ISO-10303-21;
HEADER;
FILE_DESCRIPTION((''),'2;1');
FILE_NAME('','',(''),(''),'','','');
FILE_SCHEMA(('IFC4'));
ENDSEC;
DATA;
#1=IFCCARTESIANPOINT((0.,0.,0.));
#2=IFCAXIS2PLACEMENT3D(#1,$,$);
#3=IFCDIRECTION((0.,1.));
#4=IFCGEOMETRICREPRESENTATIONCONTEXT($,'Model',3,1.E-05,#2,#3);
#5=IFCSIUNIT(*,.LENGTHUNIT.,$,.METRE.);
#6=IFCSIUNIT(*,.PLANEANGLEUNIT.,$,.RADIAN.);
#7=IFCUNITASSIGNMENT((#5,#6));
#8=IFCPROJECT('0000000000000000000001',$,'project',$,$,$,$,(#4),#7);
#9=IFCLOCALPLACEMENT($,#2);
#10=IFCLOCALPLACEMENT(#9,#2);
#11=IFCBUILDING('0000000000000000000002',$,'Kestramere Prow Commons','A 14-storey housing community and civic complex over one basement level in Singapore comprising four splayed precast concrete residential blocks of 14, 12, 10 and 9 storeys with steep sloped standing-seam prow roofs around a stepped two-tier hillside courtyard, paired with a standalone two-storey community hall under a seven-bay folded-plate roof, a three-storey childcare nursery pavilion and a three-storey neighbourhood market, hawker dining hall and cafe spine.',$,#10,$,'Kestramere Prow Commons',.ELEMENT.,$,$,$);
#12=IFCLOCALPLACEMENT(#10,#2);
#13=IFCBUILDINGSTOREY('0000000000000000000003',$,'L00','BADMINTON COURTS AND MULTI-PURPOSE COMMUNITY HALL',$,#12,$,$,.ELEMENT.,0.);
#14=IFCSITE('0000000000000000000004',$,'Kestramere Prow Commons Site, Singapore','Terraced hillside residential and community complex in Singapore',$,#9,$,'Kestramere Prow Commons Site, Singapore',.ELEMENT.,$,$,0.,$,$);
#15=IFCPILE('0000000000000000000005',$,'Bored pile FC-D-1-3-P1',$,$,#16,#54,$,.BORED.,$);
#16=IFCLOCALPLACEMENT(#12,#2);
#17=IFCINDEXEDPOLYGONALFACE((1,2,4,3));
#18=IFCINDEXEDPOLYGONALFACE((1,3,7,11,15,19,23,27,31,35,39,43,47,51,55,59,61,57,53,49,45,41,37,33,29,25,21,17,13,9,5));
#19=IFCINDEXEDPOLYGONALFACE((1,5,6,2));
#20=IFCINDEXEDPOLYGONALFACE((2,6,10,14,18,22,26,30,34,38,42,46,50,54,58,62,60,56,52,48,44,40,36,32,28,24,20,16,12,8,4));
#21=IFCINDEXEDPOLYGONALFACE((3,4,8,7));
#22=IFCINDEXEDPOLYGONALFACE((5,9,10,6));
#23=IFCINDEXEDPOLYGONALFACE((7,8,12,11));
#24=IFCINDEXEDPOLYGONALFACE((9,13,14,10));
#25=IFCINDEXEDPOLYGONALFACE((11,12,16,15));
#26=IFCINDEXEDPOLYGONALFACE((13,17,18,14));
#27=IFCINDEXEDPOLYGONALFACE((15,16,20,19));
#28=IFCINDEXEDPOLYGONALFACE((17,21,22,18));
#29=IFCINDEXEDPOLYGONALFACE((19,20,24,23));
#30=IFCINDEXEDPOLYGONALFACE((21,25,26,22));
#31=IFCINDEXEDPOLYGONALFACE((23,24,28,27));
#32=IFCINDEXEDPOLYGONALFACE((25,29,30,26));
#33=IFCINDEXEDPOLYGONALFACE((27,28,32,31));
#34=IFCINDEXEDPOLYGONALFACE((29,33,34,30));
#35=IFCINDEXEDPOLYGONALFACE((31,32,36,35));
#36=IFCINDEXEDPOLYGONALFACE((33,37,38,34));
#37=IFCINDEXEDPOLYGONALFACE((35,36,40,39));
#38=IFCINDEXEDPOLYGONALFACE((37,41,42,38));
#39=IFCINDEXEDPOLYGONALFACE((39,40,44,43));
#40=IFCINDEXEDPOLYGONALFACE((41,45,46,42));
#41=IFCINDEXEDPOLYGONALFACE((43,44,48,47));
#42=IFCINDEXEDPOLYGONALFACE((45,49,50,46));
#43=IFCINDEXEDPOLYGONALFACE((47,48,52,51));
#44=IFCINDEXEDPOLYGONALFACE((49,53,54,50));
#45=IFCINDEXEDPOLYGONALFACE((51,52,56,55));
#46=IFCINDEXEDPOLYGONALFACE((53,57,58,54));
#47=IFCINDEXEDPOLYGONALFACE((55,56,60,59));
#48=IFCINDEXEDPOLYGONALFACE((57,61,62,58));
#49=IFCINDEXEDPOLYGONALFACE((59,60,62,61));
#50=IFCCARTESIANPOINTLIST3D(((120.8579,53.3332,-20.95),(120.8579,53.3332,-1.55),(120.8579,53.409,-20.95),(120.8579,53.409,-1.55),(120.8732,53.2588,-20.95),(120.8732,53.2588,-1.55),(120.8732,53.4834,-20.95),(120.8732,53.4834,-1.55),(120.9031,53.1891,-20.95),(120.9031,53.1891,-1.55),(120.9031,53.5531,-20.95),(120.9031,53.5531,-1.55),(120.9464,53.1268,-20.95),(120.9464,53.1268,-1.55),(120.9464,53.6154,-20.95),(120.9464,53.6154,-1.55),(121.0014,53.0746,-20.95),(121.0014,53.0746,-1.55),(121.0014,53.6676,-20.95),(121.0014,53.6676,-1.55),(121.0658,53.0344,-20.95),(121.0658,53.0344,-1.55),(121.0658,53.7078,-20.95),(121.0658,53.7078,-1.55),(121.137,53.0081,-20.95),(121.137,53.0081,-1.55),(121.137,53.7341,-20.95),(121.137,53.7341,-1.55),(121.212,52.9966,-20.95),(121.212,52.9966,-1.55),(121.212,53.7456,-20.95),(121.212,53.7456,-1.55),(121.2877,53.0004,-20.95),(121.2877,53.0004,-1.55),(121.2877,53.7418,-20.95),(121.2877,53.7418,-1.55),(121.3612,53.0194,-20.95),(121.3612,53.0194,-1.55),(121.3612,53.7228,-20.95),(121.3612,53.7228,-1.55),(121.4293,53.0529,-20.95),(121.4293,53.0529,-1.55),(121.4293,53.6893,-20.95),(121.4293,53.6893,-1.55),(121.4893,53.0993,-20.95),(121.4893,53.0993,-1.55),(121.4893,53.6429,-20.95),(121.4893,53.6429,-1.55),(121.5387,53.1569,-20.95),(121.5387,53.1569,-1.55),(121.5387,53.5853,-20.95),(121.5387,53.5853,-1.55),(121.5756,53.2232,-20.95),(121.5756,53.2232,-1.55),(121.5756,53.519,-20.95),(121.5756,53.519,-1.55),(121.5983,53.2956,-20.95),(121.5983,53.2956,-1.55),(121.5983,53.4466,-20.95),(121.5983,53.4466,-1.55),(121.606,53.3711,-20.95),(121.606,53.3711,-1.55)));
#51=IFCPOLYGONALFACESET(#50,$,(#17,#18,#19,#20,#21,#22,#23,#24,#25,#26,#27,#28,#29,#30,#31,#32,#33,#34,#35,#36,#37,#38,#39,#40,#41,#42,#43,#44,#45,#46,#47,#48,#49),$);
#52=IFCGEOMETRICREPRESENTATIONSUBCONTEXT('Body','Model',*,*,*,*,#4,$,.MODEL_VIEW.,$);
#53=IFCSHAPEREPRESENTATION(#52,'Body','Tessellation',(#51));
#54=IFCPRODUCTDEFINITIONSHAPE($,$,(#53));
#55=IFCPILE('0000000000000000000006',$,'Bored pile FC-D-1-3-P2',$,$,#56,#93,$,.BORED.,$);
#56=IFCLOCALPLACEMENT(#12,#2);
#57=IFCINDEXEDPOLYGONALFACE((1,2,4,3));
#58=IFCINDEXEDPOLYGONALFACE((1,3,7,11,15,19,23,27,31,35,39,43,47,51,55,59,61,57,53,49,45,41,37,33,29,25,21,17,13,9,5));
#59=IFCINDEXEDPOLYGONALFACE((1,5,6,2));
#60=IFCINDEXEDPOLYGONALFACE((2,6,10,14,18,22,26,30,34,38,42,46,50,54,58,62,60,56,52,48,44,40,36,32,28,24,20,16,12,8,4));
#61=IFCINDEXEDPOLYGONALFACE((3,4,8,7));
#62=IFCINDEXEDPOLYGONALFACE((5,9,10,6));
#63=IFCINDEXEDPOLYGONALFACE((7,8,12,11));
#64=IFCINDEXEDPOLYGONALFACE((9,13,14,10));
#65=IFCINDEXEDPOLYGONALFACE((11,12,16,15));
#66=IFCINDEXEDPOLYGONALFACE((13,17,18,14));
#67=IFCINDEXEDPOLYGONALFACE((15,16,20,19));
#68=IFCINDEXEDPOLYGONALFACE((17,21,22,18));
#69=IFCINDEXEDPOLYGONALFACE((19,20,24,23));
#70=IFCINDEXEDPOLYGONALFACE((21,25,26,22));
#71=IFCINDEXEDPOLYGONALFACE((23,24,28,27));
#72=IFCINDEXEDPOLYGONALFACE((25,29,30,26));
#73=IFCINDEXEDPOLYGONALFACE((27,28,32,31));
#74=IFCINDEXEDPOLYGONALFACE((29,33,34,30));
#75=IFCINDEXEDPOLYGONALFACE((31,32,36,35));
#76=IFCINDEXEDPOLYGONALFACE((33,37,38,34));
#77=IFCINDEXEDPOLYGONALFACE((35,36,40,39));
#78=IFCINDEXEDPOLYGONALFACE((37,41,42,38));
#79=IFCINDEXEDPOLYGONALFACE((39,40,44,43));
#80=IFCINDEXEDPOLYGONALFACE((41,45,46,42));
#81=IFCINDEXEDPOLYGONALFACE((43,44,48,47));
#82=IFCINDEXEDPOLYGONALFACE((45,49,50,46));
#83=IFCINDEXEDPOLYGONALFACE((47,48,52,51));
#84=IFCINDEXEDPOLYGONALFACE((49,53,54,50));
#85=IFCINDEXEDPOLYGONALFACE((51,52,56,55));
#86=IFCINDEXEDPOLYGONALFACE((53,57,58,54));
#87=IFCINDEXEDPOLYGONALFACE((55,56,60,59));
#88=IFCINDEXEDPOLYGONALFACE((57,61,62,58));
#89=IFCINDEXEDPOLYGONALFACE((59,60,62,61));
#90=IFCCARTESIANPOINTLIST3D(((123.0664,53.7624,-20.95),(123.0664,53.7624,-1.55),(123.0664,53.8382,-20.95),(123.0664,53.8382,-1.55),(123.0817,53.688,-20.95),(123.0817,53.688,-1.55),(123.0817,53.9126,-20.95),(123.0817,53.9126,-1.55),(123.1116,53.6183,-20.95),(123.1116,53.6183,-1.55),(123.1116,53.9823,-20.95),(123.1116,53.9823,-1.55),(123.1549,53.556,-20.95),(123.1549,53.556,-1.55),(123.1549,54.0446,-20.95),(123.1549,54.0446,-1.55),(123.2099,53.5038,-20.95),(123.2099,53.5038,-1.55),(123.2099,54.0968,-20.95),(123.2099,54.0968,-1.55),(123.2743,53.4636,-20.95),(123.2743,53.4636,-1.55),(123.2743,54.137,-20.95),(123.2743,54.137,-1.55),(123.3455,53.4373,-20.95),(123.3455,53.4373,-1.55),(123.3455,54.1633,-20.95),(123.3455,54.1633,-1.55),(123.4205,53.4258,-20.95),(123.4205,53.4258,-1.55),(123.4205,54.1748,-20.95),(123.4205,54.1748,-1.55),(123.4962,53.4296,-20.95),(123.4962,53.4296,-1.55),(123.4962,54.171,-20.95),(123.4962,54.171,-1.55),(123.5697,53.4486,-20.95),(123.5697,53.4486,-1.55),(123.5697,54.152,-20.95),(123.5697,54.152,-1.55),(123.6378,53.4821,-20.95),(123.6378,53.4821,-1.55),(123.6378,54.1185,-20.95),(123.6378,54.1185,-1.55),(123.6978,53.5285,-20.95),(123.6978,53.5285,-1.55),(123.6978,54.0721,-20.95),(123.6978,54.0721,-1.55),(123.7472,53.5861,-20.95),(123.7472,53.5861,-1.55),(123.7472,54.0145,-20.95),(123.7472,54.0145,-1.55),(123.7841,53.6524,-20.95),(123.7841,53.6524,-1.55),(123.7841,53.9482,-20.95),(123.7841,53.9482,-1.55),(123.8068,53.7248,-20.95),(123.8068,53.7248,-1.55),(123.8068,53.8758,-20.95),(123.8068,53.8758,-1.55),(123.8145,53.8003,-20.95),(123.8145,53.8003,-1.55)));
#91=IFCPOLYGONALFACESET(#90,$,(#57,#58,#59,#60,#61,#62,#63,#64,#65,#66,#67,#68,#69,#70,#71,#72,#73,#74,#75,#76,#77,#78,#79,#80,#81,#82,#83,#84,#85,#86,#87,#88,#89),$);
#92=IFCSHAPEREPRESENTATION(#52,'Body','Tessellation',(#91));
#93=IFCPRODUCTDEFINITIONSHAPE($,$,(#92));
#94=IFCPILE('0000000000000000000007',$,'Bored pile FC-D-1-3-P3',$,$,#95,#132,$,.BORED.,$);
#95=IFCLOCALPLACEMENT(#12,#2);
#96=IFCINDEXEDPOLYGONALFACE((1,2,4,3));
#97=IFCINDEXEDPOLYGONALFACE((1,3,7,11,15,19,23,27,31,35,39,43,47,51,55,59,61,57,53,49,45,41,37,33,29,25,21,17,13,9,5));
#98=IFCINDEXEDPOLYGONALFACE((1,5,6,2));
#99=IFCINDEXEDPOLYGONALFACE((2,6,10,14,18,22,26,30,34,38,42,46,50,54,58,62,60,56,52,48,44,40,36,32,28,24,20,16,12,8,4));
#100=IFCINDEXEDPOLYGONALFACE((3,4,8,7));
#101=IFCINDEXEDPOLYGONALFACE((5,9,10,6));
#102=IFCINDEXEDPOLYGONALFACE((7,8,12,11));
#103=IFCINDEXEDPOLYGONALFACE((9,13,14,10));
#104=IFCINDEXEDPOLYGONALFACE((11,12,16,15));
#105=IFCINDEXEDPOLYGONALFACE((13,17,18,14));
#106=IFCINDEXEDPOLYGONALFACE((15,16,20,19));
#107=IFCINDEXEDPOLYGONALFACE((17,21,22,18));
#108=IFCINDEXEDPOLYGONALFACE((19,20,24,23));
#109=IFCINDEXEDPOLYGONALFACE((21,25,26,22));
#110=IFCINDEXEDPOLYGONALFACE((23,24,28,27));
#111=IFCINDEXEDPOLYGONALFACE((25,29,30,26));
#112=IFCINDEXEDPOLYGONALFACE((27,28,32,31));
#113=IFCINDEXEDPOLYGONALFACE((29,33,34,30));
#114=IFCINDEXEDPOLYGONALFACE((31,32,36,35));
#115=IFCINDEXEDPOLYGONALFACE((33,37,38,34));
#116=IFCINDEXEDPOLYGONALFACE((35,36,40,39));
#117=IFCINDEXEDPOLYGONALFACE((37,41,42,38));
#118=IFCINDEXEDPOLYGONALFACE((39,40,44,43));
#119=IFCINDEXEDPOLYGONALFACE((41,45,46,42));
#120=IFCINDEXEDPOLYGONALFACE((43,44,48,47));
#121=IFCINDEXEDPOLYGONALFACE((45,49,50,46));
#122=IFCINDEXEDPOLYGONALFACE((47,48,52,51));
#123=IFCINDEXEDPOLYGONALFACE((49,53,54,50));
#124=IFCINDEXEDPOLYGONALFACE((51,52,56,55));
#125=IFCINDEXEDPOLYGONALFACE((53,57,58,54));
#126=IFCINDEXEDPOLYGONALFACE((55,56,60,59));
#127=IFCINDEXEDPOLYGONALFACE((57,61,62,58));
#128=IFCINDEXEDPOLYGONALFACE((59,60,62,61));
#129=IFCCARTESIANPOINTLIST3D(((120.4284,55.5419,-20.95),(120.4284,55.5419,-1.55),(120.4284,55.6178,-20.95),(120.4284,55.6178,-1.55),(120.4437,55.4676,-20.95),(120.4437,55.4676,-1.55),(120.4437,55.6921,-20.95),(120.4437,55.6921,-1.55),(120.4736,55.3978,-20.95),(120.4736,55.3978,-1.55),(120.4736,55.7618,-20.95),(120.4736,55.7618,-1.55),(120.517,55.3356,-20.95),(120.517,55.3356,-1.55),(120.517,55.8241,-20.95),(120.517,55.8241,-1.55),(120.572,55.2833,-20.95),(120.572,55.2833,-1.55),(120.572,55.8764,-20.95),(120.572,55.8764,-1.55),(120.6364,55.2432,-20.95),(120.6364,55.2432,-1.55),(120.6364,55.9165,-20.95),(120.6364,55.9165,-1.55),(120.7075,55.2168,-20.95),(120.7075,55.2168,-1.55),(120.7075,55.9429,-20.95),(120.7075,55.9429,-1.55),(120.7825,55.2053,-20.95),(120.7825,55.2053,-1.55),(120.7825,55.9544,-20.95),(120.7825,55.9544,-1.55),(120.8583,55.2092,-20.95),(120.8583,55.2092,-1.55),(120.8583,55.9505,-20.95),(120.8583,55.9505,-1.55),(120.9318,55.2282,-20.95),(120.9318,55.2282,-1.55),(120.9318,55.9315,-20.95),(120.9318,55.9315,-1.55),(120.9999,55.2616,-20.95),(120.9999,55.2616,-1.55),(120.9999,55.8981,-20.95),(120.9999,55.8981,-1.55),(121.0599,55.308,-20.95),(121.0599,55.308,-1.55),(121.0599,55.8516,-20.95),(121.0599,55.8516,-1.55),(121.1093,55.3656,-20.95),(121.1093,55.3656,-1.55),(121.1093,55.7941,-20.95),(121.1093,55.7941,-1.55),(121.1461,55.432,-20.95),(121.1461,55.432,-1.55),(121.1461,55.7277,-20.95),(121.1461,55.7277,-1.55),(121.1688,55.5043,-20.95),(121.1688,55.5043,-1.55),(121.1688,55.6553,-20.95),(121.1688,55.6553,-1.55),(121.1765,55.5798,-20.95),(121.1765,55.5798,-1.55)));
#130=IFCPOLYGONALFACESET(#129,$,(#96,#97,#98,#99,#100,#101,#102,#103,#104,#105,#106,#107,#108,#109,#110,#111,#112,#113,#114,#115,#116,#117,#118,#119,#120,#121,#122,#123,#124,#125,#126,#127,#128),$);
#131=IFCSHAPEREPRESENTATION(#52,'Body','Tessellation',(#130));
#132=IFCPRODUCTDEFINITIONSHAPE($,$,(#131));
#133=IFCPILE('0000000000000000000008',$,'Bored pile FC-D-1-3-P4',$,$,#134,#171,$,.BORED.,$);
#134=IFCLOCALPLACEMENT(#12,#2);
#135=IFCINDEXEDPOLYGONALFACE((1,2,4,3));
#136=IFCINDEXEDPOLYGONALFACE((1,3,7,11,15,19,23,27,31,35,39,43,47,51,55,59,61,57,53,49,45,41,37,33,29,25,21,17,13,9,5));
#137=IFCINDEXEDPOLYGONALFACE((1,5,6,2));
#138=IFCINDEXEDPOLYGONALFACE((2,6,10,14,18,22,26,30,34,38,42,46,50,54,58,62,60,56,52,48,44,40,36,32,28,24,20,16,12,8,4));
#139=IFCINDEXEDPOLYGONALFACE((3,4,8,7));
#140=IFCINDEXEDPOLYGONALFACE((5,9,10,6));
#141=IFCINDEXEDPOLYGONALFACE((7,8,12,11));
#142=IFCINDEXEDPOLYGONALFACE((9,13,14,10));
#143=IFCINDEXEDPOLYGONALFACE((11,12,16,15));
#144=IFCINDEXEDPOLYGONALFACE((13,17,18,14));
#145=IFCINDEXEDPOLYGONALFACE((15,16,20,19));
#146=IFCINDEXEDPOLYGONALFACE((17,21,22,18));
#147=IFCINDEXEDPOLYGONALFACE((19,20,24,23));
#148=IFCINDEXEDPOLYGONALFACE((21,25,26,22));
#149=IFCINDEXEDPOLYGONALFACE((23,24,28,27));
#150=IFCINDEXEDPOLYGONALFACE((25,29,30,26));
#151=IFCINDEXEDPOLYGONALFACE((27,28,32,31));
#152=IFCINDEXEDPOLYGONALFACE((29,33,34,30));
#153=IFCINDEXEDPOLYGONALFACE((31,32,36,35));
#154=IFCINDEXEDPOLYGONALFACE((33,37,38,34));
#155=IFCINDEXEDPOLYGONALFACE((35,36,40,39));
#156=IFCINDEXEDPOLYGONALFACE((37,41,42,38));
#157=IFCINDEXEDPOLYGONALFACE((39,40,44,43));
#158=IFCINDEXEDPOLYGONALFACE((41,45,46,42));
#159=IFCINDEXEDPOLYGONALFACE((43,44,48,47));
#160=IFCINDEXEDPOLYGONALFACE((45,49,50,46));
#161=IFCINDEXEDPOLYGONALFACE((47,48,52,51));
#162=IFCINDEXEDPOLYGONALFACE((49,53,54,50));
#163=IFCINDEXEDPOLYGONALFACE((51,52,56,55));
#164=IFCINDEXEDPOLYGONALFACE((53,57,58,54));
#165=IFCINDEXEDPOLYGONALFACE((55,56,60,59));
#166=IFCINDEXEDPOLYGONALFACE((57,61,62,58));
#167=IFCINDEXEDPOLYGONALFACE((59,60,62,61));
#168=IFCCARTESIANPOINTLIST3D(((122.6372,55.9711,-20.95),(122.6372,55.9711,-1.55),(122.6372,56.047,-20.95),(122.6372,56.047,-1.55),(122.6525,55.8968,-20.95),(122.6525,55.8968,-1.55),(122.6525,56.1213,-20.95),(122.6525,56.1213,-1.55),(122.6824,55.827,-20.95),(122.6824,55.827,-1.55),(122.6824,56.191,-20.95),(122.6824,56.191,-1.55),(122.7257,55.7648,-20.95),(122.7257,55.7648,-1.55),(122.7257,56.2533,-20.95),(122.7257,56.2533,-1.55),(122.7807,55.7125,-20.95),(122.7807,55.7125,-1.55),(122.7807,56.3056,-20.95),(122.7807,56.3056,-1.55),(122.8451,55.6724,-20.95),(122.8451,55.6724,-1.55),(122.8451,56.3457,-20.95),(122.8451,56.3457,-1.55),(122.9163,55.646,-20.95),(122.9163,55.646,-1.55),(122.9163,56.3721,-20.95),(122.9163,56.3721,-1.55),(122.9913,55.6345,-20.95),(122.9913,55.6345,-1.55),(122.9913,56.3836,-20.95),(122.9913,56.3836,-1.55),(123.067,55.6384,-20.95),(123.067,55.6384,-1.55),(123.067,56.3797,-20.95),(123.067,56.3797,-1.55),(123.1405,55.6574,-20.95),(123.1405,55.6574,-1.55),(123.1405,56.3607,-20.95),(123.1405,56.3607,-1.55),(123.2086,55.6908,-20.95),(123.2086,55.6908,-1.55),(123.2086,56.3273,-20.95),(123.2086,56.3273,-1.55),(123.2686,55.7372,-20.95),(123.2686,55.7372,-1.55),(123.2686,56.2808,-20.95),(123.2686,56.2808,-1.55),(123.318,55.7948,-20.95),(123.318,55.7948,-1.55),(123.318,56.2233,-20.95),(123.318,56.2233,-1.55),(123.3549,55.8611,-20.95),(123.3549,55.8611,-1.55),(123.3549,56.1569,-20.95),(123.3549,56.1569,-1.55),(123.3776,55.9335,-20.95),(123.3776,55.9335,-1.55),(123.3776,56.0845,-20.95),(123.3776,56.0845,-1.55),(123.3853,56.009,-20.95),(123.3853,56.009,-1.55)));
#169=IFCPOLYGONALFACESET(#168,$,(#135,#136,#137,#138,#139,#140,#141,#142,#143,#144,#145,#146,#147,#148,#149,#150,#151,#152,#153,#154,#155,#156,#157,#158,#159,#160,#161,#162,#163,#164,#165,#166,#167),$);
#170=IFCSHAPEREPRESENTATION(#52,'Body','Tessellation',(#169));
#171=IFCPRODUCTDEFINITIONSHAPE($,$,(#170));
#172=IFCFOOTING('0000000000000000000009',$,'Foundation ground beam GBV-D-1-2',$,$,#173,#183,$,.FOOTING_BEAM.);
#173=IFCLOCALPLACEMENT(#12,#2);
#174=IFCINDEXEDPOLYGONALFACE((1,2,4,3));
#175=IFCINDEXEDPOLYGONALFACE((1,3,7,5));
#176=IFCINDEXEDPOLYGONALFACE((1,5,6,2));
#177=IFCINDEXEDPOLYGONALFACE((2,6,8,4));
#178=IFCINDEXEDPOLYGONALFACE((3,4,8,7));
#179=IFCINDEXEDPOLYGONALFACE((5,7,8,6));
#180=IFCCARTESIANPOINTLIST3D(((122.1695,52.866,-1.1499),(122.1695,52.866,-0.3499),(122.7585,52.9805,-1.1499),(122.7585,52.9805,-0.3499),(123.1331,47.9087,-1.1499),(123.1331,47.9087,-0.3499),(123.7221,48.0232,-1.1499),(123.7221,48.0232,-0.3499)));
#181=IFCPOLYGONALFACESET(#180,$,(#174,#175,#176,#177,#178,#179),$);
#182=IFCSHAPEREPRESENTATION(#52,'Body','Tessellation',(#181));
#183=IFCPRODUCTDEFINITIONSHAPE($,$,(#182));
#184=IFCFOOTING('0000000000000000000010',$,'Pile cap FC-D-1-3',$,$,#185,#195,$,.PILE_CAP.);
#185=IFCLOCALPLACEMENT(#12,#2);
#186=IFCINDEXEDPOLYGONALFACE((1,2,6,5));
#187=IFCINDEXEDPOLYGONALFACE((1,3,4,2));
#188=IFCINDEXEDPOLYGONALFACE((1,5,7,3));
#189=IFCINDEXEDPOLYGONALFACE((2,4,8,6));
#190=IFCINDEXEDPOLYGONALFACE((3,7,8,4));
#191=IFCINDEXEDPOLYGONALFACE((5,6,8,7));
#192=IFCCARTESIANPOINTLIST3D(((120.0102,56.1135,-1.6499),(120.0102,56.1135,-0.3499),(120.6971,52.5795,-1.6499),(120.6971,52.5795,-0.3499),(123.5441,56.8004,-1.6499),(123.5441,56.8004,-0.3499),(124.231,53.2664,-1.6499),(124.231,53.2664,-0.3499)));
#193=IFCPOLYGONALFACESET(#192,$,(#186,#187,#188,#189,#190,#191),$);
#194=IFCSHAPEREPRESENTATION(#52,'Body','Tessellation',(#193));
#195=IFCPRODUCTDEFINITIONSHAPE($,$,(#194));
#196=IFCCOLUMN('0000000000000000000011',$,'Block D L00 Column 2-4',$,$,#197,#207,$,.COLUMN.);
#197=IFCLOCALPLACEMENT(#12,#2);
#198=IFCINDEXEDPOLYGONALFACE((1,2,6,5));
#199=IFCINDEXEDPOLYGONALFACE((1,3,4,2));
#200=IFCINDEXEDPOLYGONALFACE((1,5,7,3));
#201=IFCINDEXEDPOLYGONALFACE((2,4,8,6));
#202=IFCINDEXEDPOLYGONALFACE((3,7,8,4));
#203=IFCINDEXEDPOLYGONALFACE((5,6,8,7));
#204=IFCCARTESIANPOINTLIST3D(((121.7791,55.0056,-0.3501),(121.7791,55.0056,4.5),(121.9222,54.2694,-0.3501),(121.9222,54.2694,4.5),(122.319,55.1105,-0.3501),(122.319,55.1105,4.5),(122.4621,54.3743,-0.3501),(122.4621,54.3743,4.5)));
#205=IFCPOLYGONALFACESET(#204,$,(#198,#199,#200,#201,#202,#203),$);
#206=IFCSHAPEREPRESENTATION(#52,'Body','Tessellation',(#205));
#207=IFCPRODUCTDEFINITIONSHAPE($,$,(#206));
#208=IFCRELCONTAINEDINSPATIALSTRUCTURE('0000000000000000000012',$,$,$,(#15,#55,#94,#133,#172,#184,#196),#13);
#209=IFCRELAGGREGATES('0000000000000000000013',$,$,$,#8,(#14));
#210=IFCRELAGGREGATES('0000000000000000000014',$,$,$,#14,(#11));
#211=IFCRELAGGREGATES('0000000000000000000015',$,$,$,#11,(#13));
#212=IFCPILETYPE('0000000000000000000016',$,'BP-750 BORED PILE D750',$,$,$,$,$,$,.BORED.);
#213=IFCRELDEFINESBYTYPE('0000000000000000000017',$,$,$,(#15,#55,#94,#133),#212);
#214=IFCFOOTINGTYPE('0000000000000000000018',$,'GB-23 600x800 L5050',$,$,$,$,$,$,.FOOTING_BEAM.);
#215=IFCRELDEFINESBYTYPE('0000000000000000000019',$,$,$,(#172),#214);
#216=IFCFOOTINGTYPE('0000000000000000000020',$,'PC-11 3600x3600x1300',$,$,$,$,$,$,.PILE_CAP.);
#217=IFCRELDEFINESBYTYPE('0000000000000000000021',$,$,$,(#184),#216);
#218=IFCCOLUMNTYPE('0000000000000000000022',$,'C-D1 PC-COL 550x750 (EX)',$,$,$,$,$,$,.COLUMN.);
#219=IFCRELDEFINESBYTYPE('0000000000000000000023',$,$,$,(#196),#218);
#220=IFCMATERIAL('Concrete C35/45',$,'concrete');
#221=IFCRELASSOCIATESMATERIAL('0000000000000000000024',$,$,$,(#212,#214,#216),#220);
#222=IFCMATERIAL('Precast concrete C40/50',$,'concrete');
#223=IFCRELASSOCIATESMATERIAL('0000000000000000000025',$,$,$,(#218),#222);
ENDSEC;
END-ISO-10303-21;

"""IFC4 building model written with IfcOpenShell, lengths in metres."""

from ifc_helpers import new_model, si_unit, direction, frame, origin, origin_2d, place, context, subcontext, project, spatial, rectangle, circle, extrude, material, material_profile, profile_set, type_object, element, save


model = new_model("IFC4")

# Units and contexts
model_context = context("Model", 3, precision=1e-05, world=origin(), true_north=direction((0.0, 1.0)))
body_context = subcontext(model_context, "Body", "Model", "MODEL_VIEW")
ifc_project = project(units=[si_unit("LENGTHUNIT", "METRE"), si_unit("PLANEANGLEUNIT", "RADIAN")], contexts=[model_context])

# Site, building, storey
site_placement = place(None, origin())
site = spatial("IfcSite", under=ifc_project, at=site_placement, Name="Kestramere Prow Commons Site, Singapore", Description="Terraced hillside residential and community complex in Singapore", LongName="Kestramere Prow Commons Site, Singapore", CompositionType="ELEMENT", RefElevation=0.0)
building_placement = place(site_placement, origin())
building = spatial("IfcBuilding", under=site, at=building_placement, Name="Kestramere Prow Commons", Description="A 14-storey housing community and civic complex over one basement level in Singapore comprising four splayed precast concrete residential blocks of 14, 12, 10 and 9 storeys with steep sloped standing-seam prow roofs around a stepped two-tier hillside courtyard, paired with a standalone two-storey community hall under a seven-bay folded-plate roof, a three-storey childcare nursery pavilion and a three-storey neighbourhood market, hawker dining hall and cafe spine.", LongName="Kestramere Prow Commons", CompositionType="ELEMENT")
storey_placement = place(building_placement, origin())
storey = spatial("IfcBuildingStorey", under=building, at=storey_placement, Name="L00", Description="BADMINTON COURTS AND MULTI-PURPOSE COMMUNITY HALL", CompositionType="ELEMENT", Elevation=0.0)

# Piles
ifc_material_1 = material(Name="Concrete C35/45", Category="concrete")
ifc_material_profile_1 = material_profile(ifc_material_1, circle(Radius=0.375, at=origin_2d()), Name="BORED PILE D750")
ifc_profile_set_1 = profile_set([ifc_material_profile_1], Name="Concrete C35/45")
pile_type = type_object("IfcPileType", Name="BP-750 BORED PILE D750", PredefinedType="BORED", material=ifc_profile_set_1)
for number, where, z_axis, x_axis, name in (
    (1, (121.231, 53.3711, -1.55), (0.0, 0.0, -1.0), (1.0, 0.0, 0.0), "Bored pile FC-D-1-3-P1"),
    (2, (123.4395, 53.8003, -1.55), (0.0, 0.0, -1.0), (1.0, 0.0, 0.0), "Bored pile FC-D-1-3-P2"),
    (3, (120.8015, 55.5798, -1.55), (0.0, 0.0, -1.0), (1.0, 0.0, 0.0), "Bored pile FC-D-1-3-P3"),
    (4, (123.0103, 56.009, -1.55), (0.0, 0.0, -1.0), (1.0, 0.0, 0.0), "Bored pile FC-D-1-3-P4"),
):
    element("IfcPile", number, at=place(storey_placement, frame(where, z_axis=z_axis, x_axis=x_axis)), inside=storey, type_object=pile_type, Name=name, PredefinedType="BORED", context=body_context, shape_type="SweptSolid", body=[
        extrude(circle(Radius=0.375, at=origin_2d()), origin(), (0.0, 0.0, 1.0), 19.3999),
    ])

# Footings
footing_type_1 = type_object("IfcFootingType", Name="GB-23 600x800 L5050", PredefinedType="FOOTING_BEAM", material=ifc_material_1)
footing_1_placement = place(storey_placement, frame((122.9458, 50.4446, -1.1499), z_axis=(0.0, 0.0, 1.0), x_axis=(-0.190809, 0.981627, 0.0)))
element("IfcFooting", 5, at=footing_1_placement, inside=storey, type_object=footing_type_1, Name="Foundation ground beam GBV-D-1-2", PredefinedType="FOOTING_BEAM", context=body_context, shape_type="SweptSolid", body=[
    extrude(rectangle(XDim=5.05, YDim=0.6001, at=origin_2d()), origin(), (0.0, 0.0, 1.0), 0.8),
])
footing_type_2 = type_object("IfcFootingType", Name="PC-11 3600x3600x1300", PredefinedType="PILE_CAP", material=ifc_material_1)
footing_2_placement = place(storey_placement, frame((122.1206, 54.6899, -1.6499), z_axis=(0.0, 0.0, 1.0), x_axis=(0.981627, 0.190809, 0.0)))
element("IfcFooting", 6, at=footing_2_placement, inside=storey, type_object=footing_type_2, Name="Pile cap FC-D-1-3", PredefinedType="PILE_CAP", context=body_context, shape_type="SweptSolid", body=[
    extrude(rectangle(XDim=3.6001, YDim=3.6001, at=origin_2d()), origin(), (0.0, 0.0, 1.0), 1.3),
])

# Column
ifc_material_2 = material(Name="Precast concrete C40/50", Category="concrete")
ifc_material_profile_2 = material_profile(ifc_material_2, rectangle(XDim=0.55, YDim=0.75, at=origin_2d()), Name="PC-COL 550x750")
ifc_profile_set_2 = profile_set([ifc_material_profile_2], Name="Precast concrete C40/50")
column_type = type_object("IfcColumnType", Name="C-D1 PC-COL 550x750 (EX)", PredefinedType="COLUMN", material=ifc_profile_set_2)
column_placement = place(storey_placement, frame((122.1206, 54.6899, -0.3501), z_axis=(0.0, 0.0, 1.0), x_axis=(0.981627, 0.190809, 0.0)))
element("IfcColumn", 7, at=column_placement, inside=storey, type_object=column_type, Name="Block D L00 Column 2-4", PredefinedType="COLUMN", context=body_context, shape_type="SweptSolid", body=[
    extrude(rectangle(XDim=0.55, YDim=0.75, at=origin_2d()), origin(), (0.0, 0.0, 1.0), 4.8501),
])

save(model, "model.ifc")
